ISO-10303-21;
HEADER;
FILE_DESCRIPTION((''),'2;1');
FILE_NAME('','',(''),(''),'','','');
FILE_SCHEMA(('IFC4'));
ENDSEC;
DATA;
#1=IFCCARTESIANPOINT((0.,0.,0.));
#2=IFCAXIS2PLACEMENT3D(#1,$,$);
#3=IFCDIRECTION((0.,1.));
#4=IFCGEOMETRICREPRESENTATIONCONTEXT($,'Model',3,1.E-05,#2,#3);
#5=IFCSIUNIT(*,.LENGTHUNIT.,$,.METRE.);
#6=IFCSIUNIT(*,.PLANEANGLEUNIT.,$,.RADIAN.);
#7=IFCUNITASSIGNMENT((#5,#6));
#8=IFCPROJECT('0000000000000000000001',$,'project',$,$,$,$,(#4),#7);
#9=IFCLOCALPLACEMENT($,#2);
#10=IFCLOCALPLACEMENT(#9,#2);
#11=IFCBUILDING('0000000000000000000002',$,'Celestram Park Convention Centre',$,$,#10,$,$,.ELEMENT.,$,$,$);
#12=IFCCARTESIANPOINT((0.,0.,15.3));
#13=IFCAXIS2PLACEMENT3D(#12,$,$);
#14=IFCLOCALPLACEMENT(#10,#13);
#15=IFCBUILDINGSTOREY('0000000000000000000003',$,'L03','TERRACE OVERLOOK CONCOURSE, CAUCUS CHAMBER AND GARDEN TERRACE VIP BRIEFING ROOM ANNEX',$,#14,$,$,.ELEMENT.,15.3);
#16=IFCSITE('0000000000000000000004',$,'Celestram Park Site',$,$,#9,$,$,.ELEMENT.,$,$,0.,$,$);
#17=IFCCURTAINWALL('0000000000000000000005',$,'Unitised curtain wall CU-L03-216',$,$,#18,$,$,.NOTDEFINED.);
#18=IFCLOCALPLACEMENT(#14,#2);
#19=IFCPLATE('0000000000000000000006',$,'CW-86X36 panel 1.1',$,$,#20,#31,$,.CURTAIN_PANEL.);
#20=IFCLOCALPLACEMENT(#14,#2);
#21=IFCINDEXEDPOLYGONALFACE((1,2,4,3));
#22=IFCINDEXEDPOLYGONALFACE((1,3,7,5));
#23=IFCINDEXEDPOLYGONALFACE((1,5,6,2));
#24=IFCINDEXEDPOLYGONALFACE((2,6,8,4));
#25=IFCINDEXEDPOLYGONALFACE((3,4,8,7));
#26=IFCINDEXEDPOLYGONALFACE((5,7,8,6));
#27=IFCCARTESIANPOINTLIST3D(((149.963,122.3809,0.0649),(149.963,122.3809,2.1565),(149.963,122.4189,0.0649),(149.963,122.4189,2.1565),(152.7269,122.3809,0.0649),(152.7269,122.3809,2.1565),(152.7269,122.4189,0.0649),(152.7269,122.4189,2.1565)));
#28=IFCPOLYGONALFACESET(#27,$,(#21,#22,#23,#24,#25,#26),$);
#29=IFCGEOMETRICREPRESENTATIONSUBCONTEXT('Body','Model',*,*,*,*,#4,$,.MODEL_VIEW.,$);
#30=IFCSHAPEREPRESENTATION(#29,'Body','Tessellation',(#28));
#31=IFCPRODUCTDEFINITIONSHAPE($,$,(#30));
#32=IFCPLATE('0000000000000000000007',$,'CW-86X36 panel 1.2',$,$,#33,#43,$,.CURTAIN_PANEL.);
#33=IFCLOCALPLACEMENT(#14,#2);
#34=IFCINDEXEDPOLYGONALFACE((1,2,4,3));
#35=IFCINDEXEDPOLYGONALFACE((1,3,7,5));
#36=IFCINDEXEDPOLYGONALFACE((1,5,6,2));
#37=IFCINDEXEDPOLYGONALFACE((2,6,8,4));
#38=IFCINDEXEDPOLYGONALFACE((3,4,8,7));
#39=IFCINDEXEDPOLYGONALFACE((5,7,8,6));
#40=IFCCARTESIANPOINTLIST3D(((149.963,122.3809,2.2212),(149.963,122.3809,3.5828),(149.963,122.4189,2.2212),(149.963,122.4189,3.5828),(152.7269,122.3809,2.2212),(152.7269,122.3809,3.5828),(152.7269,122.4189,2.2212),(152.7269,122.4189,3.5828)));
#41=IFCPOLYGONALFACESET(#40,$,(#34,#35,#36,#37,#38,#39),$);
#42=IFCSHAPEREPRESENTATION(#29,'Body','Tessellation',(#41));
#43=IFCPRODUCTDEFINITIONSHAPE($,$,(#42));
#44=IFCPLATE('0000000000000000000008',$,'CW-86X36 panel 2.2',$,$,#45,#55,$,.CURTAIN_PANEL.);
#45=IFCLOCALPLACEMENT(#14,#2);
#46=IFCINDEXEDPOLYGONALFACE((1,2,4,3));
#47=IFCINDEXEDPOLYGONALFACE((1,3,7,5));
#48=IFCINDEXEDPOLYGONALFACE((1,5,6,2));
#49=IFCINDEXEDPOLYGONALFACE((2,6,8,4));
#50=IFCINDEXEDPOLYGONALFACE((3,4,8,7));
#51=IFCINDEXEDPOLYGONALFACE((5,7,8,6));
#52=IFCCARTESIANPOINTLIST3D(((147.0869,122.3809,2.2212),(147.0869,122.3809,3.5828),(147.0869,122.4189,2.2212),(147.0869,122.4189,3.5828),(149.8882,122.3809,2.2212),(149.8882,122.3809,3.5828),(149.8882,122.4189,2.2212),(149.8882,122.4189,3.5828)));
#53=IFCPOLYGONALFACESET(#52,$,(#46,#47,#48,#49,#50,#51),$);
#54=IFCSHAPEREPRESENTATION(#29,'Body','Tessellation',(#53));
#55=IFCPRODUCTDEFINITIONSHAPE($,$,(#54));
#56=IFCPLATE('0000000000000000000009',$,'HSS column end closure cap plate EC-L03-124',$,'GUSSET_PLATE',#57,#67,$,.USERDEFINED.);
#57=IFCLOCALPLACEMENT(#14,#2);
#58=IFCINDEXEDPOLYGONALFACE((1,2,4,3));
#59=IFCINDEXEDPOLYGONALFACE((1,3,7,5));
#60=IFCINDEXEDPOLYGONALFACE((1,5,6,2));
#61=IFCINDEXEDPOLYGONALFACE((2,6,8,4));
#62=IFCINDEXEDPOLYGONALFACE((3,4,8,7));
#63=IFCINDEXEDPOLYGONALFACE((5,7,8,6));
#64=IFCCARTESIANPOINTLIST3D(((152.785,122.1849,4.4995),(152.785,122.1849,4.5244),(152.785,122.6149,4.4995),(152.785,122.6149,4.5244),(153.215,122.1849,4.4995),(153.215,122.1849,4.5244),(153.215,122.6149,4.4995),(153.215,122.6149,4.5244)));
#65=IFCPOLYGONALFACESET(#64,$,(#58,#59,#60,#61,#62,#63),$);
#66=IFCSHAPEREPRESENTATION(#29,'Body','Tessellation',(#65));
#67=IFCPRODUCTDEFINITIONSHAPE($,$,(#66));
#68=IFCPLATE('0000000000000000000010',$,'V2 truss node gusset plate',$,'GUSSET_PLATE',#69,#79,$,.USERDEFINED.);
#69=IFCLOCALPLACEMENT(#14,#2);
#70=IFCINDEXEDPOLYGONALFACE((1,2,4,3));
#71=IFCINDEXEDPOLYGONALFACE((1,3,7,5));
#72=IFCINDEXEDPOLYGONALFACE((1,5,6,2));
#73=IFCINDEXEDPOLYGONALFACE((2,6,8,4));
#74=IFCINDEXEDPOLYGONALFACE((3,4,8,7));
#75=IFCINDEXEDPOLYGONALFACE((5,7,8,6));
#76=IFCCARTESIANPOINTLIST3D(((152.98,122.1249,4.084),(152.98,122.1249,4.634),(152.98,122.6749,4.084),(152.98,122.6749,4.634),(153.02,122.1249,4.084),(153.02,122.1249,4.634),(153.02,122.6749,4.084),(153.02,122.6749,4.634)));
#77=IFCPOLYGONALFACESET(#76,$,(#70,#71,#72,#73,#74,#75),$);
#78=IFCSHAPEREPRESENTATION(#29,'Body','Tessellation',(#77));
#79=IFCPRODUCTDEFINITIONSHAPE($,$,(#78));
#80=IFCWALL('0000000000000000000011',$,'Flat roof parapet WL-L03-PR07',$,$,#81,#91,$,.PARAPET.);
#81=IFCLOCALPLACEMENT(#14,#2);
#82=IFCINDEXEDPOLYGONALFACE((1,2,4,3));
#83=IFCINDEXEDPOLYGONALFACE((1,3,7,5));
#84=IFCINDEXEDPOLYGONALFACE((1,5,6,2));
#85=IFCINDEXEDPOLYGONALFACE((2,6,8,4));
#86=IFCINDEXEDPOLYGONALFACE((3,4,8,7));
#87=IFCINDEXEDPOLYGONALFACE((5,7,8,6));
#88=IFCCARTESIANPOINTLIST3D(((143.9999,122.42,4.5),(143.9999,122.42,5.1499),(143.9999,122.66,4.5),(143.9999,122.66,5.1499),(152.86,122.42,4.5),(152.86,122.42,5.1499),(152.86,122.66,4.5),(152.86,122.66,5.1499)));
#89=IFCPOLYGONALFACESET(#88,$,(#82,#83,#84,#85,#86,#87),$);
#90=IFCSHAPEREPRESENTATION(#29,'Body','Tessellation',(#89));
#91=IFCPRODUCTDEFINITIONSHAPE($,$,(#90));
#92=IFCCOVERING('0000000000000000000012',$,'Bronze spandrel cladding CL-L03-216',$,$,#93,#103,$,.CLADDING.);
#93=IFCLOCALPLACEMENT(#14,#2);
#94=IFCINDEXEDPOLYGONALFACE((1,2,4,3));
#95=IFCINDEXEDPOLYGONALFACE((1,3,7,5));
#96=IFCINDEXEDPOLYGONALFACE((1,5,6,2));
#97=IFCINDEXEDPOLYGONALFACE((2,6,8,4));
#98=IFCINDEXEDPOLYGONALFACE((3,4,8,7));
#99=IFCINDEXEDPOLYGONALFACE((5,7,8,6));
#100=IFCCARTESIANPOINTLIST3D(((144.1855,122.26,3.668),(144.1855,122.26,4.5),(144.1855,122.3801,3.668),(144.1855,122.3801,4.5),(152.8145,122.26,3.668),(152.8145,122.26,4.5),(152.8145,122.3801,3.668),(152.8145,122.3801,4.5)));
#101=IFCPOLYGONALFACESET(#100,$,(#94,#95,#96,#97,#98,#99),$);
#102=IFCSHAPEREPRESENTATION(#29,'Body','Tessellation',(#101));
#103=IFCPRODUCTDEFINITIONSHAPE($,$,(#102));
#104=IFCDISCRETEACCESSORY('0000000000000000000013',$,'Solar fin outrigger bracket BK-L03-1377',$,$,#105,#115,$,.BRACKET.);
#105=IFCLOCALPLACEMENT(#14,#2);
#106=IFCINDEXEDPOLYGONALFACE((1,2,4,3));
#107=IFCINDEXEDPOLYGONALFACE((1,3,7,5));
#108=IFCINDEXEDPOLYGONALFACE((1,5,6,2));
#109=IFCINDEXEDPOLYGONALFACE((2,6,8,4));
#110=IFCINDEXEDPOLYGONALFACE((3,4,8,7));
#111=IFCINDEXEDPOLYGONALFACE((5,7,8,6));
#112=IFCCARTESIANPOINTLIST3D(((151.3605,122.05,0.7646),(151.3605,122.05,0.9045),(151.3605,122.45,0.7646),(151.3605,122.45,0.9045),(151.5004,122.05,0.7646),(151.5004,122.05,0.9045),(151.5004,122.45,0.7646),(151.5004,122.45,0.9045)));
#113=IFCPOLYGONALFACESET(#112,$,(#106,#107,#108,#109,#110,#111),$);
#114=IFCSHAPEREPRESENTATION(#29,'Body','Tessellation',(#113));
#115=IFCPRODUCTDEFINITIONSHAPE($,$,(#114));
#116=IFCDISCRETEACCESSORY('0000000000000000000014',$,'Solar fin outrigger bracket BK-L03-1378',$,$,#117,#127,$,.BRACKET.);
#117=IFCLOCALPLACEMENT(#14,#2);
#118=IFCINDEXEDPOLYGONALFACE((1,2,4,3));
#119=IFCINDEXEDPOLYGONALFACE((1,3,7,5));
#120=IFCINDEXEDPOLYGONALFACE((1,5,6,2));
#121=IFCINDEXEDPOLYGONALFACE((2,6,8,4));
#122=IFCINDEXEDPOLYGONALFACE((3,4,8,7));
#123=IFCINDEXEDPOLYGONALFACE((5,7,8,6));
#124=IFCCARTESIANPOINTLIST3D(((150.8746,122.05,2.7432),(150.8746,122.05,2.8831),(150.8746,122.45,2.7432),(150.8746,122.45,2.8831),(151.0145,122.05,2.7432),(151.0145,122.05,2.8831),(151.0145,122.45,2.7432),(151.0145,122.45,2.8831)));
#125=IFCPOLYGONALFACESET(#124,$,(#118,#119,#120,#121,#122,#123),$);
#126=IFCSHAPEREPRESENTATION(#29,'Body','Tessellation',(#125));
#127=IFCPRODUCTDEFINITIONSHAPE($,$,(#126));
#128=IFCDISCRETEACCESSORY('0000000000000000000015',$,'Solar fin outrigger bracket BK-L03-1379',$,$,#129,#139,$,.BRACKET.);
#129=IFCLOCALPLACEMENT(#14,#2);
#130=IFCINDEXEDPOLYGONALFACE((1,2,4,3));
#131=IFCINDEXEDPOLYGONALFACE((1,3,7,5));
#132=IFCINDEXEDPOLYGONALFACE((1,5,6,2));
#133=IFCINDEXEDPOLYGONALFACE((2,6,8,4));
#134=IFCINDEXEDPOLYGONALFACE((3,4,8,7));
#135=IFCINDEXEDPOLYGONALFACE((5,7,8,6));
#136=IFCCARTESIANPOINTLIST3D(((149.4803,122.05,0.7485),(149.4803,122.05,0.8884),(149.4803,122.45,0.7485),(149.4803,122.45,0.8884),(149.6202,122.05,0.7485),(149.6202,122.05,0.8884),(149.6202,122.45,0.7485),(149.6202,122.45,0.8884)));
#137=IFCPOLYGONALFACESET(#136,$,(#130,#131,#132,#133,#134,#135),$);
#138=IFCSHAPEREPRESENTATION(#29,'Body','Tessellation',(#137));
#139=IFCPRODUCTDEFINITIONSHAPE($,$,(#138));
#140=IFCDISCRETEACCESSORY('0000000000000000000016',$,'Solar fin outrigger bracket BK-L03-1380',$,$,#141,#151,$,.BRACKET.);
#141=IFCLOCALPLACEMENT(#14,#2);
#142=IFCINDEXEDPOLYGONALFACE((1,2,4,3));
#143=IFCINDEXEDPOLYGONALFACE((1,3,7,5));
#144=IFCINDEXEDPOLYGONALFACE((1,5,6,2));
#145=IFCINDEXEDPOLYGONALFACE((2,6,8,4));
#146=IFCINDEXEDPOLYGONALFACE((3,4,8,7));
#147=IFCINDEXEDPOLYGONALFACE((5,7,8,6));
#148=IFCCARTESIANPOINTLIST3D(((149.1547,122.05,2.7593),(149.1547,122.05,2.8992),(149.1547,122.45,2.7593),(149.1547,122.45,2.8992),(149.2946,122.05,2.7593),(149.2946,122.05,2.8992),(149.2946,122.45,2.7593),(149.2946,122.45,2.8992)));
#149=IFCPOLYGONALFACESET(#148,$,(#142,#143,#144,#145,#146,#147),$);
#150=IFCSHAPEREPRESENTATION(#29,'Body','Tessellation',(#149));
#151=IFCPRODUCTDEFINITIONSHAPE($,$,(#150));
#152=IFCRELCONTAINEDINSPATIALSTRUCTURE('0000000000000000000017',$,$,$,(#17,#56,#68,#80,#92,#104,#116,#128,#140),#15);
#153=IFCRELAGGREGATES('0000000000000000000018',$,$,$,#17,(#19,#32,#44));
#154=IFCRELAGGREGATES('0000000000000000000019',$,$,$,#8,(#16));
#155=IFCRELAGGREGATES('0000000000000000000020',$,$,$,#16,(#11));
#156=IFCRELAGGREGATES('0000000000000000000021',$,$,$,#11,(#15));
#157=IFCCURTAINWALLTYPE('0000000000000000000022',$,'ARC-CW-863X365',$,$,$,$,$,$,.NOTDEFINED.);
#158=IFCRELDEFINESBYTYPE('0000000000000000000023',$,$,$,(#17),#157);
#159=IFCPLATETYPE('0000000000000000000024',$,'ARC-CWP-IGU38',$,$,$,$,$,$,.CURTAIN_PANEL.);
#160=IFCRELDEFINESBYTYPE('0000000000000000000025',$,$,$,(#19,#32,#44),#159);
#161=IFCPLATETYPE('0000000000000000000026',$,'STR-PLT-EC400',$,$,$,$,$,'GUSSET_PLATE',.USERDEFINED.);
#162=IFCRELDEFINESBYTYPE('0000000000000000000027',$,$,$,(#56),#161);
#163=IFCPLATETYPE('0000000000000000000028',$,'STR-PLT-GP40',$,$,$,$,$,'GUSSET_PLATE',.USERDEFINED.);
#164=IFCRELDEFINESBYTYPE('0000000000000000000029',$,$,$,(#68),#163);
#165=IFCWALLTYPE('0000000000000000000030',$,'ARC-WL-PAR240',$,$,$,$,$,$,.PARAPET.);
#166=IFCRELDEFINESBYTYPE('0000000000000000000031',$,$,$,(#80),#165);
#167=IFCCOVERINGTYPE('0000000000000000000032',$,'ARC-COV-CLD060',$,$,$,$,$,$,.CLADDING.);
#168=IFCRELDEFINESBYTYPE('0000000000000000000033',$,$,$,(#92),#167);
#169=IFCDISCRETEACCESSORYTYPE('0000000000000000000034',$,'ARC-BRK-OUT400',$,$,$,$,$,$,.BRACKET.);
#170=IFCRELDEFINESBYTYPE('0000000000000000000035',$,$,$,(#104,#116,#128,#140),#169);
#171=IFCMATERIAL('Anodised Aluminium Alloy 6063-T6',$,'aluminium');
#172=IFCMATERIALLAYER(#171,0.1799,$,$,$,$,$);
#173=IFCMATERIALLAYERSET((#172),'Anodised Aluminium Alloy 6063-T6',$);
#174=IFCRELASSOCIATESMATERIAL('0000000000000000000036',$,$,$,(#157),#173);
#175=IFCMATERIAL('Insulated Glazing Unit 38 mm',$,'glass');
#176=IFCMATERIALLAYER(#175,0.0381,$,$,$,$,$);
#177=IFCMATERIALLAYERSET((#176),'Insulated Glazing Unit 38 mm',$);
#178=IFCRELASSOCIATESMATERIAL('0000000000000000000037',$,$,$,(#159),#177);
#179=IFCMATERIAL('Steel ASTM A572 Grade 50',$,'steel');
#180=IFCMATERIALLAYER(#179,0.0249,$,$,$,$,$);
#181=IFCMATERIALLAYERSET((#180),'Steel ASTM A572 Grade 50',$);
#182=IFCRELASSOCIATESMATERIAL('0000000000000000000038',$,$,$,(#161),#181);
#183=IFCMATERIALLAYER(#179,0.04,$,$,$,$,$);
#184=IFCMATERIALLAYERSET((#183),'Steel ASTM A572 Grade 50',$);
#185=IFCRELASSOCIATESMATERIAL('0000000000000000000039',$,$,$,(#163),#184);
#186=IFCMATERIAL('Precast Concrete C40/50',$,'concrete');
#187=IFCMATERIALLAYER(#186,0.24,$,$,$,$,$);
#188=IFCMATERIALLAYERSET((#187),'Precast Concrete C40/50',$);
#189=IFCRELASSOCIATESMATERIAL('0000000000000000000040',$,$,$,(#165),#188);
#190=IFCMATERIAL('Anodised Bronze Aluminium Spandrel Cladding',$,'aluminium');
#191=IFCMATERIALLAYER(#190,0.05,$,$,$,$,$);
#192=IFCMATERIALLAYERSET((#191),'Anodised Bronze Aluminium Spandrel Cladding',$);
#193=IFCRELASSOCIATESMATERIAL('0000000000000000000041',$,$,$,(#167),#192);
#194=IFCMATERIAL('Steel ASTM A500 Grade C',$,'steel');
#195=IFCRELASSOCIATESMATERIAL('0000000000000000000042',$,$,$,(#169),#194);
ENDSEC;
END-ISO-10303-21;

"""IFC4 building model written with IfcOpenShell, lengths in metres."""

from ifc_helpers import new_model, si_unit, direction, frame, frame_2d, origin, origin_2d, place, context, subcontext, project, spatial, rectangle, extrude, material, layer, layer_set, type_object, element, aggregate, save


model = new_model("IFC4")

# Units and contexts
model_context = context("Model", 3, precision=1e-05, world=origin(), true_north=direction((0.0, 1.0)))
body_context = subcontext(model_context, "Body", "Model", "MODEL_VIEW")
ifc_project = project(units=[si_unit("LENGTHUNIT", "METRE"), si_unit("PLANEANGLEUNIT", "RADIAN")], contexts=[model_context])

# Site, building, storey
site_placement = place(None, origin())
site = spatial("IfcSite", under=ifc_project, at=site_placement, Name="Celestram Park Site", CompositionType="ELEMENT", RefElevation=0.0)
building_placement = place(site_placement, origin())
building = spatial("IfcBuilding", under=site, at=building_placement, Name="Celestram Park Convention Centre", CompositionType="ELEMENT")
storey_placement = place(building_placement, frame((0.0, 0.0, 15.3)))
storey = spatial("IfcBuildingStorey", under=building, at=storey_placement, Name="L03", Description="TERRACE OVERLOOK CONCOURSE, CAUCUS CHAMBER AND GARDEN TERRACE VIP BRIEFING ROOM ANNEX", CompositionType="ELEMENT", Elevation=15.3)

# Shared definitions
ifc_material_1 = material(Name="Steel ASTM A500 Grade C", Category="steel")

# Curtain wall
ifc_material_2 = material(Name="Anodised Aluminium Alloy 6063-T6", Category="aluminium")
ifc_layer_1 = layer(ifc_material_2, 0.1799)
ifc_layer_set_1 = layer_set([ifc_layer_1], Name="Anodised Aluminium Alloy 6063-T6")
curtain_wall_type = type_object("IfcCurtainWallType", Name="ARC-CW-863X365", PredefinedType="NOTDEFINED", material=ifc_layer_set_1)
curtain_wall_placement = place(storey_placement, origin())
curtain_wall = element("IfcCurtainWall", 1, at=curtain_wall_placement, inside=storey, type_object=curtain_wall_type, Name="Unitised curtain wall CU-L03-216", PredefinedType="NOTDEFINED")

# Plates
ifc_material_3 = material(Name="Insulated Glazing Unit 38 mm", Category="glass")
ifc_layer_2 = layer(ifc_material_3, 0.0381)
ifc_layer_set_2 = layer_set([ifc_layer_2], Name="Insulated Glazing Unit 38 mm")
plate_type_1 = type_object("IfcPlateType", Name="ARC-CWP-IGU38", PredefinedType="CURTAIN_PANEL", material=ifc_layer_set_2)
plate_1_placement = place(storey_placement, frame((151.345, 122.3999, 0.0649), z_axis=(0.0, 0.0, 1.0), x_axis=(-1.0, 0.0, 0.0)))
plate_1 = element("IfcPlate", 2, at=plate_1_placement, type_object=plate_type_1, Name="CW-86X36 panel 1.1", PredefinedType="CURTAIN_PANEL", context=body_context, shape_type="SweptSolid", body=[
    extrude(rectangle(XDim=2.7639, YDim=0.0381, at=origin_2d()), origin(), (0.0, 0.0, 1.0), 2.0916),
])
plate_2_placement = place(storey_placement, frame((151.345, 122.3999, 2.2212), z_axis=(0.0, 0.0, 1.0), x_axis=(-1.0, 0.0, 0.0)))
plate_2 = element("IfcPlate", 3, at=plate_2_placement, type_object=plate_type_1, Name="CW-86X36 panel 1.2", PredefinedType="CURTAIN_PANEL", context=body_context, shape_type="SweptSolid", body=[
    extrude(rectangle(XDim=2.7639, YDim=0.0381, at=origin_2d()), origin(), (0.0, 0.0, 1.0), 1.3616),
])
plate_3_placement = place(storey_placement, frame((148.4875, 122.3999, 2.2212), z_axis=(0.0, 0.0, 1.0), x_axis=(-1.0, 0.0, 0.0)))
plate_3 = element("IfcPlate", 4, at=plate_3_placement, type_object=plate_type_1, Name="CW-86X36 panel 2.2", PredefinedType="CURTAIN_PANEL", context=body_context, shape_type="SweptSolid", body=[
    extrude(rectangle(XDim=2.8013, YDim=0.0381, at=origin_2d()), origin(), (0.0, 0.0, 1.0), 1.3616),
])
aggregate(curtain_wall, [plate_1, plate_2, plate_3])

# Plates
ifc_material_4 = material(Name="Steel ASTM A572 Grade 50", Category="steel")
ifc_layer_3 = layer(ifc_material_4, 0.0249)
ifc_layer_set_3 = layer_set([ifc_layer_3], Name="Steel ASTM A572 Grade 50")
plate_type_2 = type_object("IfcPlateType", Name="STR-PLT-EC400", ElementType="GUSSET_PLATE", PredefinedType="USERDEFINED", material=ifc_layer_set_3)
plate_4_placement = place(storey_placement, frame((153.0, 122.3999, 4.4995), z_axis=(0.0, 0.0, 1.0), x_axis=(1.0, 0.0, 0.0)))
element("IfcPlate", 5, at=plate_4_placement, inside=storey, type_object=plate_type_2, Name="HSS column end closure cap plate EC-L03-124", ObjectType="GUSSET_PLATE", PredefinedType="USERDEFINED", context=body_context, shape_type="SweptSolid", body=[
    extrude(rectangle(XDim=0.4299, YDim=0.4299, at=origin_2d()), origin(), (0.0, 0.0, 1.0), 0.0249),
])
ifc_layer_4 = layer(ifc_material_4, 0.04)
ifc_layer_set_4 = layer_set([ifc_layer_4], Name="Steel ASTM A572 Grade 50")
plate_type_3 = type_object("IfcPlateType", Name="STR-PLT-GP40", ElementType="GUSSET_PLATE", PredefinedType="USERDEFINED", material=ifc_layer_set_4)
plate_5_placement = place(storey_placement, frame((153.0, 122.3999, 4.084), z_axis=(0.0, 0.0, 1.0), x_axis=(0.0, 1.0, 0.0)))
element("IfcPlate", 6, at=plate_5_placement, inside=storey, type_object=plate_type_3, Name="V2 truss node gusset plate", ObjectType="GUSSET_PLATE", PredefinedType="USERDEFINED", context=body_context, shape_type="SweptSolid", body=[
    extrude(rectangle(XDim=0.55, YDim=0.04, at=origin_2d()), origin(), (0.0, 0.0, 1.0), 0.55),
])

# Wall
ifc_material_5 = material(Name="Precast Concrete C40/50", Category="concrete")
ifc_layer_5 = layer(ifc_material_5, 0.24)
ifc_layer_set_5 = layer_set([ifc_layer_5], Name="Precast Concrete C40/50")
wall_type = type_object("IfcWallType", Name="ARC-WL-PAR240", PredefinedType="PARAPET", material=ifc_layer_set_5)
wall_placement = place(storey_placement, frame((152.8601, 122.54, 4.5), z_axis=(0.0, 0.0, 1.0), x_axis=(-1.0, 0.0, 0.0)))
element("IfcWall", 7, at=wall_placement, inside=storey, type_object=wall_type, Name="Flat roof parapet WL-L03-PR07", PredefinedType="PARAPET", context=body_context, shape_type="SweptSolid", body=[
    extrude(rectangle(XDim=8.8601, YDim=0.24, at=frame_2d((4.4302, 0.0))), origin(), (0.0, 0.0, 1.0), 0.6499),
])

# Covering
ifc_material_6 = material(Name="Anodised Bronze Aluminium Spandrel Cladding", Category="aluminium")
ifc_layer_6 = layer(ifc_material_6, 0.05)
ifc_layer_set_6 = layer_set([ifc_layer_6], Name="Anodised Bronze Aluminium Spandrel Cladding")
covering_type = type_object("IfcCoveringType", Name="ARC-COV-CLD060", PredefinedType="CLADDING", material=ifc_layer_set_6)
covering_placement = place(storey_placement, frame((148.5, 122.3201, 3.668), z_axis=(0.0, 0.0, 1.0), x_axis=(-1.0, 0.0, 0.0)))
element("IfcCovering", 8, at=covering_placement, inside=storey, type_object=covering_type, Name="Bronze spandrel cladding CL-L03-216", PredefinedType="CLADDING", context=body_context, shape_type="SweptSolid", body=[
    extrude(rectangle(XDim=8.6289, YDim=0.1201, at=origin_2d()), origin(), (0.0, 0.0, 1.0), 0.832),
])

# Discrete accessories
discrete_accessory_type = type_object("IfcDiscreteAccessoryType", Name="ARC-BRK-OUT400", PredefinedType="BRACKET", material=ifc_material_1)
for number, where, z_axis, x_axis, name in (
    (9, (151.4304, 122.25, 0.7646), (0.0, 0.0, 1.0), (0.0, -1.0, 0.0), "Solar fin outrigger bracket BK-L03-1377"),
    (10, (150.9446, 122.25, 2.7432), (0.0, 0.0, 1.0), (0.0, -1.0, 0.0), "Solar fin outrigger bracket BK-L03-1378"),
    (11, (149.5503, 122.25, 0.7485), (0.0, 0.0, 1.0), (0.0, -1.0, 0.0), "Solar fin outrigger bracket BK-L03-1379"),
    (12, (149.2246, 122.25, 2.7593), (0.0, 0.0, 1.0), (0.0, -1.0, 0.0), "Solar fin outrigger bracket BK-L03-1380"),
):
    element("IfcDiscreteAccessory", number, at=place(storey_placement, frame(where, z_axis=z_axis, x_axis=x_axis)), inside=storey, type_object=discrete_accessory_type, Name=name, PredefinedType="BRACKET", context=body_context, shape_type="SweptSolid", body=[
        extrude(rectangle(XDim=0.3999, YDim=0.1399, at=origin_2d()), origin(), (0.0, 0.0, 1.0), 0.1399),
    ])

save(model, "model.ifc")
